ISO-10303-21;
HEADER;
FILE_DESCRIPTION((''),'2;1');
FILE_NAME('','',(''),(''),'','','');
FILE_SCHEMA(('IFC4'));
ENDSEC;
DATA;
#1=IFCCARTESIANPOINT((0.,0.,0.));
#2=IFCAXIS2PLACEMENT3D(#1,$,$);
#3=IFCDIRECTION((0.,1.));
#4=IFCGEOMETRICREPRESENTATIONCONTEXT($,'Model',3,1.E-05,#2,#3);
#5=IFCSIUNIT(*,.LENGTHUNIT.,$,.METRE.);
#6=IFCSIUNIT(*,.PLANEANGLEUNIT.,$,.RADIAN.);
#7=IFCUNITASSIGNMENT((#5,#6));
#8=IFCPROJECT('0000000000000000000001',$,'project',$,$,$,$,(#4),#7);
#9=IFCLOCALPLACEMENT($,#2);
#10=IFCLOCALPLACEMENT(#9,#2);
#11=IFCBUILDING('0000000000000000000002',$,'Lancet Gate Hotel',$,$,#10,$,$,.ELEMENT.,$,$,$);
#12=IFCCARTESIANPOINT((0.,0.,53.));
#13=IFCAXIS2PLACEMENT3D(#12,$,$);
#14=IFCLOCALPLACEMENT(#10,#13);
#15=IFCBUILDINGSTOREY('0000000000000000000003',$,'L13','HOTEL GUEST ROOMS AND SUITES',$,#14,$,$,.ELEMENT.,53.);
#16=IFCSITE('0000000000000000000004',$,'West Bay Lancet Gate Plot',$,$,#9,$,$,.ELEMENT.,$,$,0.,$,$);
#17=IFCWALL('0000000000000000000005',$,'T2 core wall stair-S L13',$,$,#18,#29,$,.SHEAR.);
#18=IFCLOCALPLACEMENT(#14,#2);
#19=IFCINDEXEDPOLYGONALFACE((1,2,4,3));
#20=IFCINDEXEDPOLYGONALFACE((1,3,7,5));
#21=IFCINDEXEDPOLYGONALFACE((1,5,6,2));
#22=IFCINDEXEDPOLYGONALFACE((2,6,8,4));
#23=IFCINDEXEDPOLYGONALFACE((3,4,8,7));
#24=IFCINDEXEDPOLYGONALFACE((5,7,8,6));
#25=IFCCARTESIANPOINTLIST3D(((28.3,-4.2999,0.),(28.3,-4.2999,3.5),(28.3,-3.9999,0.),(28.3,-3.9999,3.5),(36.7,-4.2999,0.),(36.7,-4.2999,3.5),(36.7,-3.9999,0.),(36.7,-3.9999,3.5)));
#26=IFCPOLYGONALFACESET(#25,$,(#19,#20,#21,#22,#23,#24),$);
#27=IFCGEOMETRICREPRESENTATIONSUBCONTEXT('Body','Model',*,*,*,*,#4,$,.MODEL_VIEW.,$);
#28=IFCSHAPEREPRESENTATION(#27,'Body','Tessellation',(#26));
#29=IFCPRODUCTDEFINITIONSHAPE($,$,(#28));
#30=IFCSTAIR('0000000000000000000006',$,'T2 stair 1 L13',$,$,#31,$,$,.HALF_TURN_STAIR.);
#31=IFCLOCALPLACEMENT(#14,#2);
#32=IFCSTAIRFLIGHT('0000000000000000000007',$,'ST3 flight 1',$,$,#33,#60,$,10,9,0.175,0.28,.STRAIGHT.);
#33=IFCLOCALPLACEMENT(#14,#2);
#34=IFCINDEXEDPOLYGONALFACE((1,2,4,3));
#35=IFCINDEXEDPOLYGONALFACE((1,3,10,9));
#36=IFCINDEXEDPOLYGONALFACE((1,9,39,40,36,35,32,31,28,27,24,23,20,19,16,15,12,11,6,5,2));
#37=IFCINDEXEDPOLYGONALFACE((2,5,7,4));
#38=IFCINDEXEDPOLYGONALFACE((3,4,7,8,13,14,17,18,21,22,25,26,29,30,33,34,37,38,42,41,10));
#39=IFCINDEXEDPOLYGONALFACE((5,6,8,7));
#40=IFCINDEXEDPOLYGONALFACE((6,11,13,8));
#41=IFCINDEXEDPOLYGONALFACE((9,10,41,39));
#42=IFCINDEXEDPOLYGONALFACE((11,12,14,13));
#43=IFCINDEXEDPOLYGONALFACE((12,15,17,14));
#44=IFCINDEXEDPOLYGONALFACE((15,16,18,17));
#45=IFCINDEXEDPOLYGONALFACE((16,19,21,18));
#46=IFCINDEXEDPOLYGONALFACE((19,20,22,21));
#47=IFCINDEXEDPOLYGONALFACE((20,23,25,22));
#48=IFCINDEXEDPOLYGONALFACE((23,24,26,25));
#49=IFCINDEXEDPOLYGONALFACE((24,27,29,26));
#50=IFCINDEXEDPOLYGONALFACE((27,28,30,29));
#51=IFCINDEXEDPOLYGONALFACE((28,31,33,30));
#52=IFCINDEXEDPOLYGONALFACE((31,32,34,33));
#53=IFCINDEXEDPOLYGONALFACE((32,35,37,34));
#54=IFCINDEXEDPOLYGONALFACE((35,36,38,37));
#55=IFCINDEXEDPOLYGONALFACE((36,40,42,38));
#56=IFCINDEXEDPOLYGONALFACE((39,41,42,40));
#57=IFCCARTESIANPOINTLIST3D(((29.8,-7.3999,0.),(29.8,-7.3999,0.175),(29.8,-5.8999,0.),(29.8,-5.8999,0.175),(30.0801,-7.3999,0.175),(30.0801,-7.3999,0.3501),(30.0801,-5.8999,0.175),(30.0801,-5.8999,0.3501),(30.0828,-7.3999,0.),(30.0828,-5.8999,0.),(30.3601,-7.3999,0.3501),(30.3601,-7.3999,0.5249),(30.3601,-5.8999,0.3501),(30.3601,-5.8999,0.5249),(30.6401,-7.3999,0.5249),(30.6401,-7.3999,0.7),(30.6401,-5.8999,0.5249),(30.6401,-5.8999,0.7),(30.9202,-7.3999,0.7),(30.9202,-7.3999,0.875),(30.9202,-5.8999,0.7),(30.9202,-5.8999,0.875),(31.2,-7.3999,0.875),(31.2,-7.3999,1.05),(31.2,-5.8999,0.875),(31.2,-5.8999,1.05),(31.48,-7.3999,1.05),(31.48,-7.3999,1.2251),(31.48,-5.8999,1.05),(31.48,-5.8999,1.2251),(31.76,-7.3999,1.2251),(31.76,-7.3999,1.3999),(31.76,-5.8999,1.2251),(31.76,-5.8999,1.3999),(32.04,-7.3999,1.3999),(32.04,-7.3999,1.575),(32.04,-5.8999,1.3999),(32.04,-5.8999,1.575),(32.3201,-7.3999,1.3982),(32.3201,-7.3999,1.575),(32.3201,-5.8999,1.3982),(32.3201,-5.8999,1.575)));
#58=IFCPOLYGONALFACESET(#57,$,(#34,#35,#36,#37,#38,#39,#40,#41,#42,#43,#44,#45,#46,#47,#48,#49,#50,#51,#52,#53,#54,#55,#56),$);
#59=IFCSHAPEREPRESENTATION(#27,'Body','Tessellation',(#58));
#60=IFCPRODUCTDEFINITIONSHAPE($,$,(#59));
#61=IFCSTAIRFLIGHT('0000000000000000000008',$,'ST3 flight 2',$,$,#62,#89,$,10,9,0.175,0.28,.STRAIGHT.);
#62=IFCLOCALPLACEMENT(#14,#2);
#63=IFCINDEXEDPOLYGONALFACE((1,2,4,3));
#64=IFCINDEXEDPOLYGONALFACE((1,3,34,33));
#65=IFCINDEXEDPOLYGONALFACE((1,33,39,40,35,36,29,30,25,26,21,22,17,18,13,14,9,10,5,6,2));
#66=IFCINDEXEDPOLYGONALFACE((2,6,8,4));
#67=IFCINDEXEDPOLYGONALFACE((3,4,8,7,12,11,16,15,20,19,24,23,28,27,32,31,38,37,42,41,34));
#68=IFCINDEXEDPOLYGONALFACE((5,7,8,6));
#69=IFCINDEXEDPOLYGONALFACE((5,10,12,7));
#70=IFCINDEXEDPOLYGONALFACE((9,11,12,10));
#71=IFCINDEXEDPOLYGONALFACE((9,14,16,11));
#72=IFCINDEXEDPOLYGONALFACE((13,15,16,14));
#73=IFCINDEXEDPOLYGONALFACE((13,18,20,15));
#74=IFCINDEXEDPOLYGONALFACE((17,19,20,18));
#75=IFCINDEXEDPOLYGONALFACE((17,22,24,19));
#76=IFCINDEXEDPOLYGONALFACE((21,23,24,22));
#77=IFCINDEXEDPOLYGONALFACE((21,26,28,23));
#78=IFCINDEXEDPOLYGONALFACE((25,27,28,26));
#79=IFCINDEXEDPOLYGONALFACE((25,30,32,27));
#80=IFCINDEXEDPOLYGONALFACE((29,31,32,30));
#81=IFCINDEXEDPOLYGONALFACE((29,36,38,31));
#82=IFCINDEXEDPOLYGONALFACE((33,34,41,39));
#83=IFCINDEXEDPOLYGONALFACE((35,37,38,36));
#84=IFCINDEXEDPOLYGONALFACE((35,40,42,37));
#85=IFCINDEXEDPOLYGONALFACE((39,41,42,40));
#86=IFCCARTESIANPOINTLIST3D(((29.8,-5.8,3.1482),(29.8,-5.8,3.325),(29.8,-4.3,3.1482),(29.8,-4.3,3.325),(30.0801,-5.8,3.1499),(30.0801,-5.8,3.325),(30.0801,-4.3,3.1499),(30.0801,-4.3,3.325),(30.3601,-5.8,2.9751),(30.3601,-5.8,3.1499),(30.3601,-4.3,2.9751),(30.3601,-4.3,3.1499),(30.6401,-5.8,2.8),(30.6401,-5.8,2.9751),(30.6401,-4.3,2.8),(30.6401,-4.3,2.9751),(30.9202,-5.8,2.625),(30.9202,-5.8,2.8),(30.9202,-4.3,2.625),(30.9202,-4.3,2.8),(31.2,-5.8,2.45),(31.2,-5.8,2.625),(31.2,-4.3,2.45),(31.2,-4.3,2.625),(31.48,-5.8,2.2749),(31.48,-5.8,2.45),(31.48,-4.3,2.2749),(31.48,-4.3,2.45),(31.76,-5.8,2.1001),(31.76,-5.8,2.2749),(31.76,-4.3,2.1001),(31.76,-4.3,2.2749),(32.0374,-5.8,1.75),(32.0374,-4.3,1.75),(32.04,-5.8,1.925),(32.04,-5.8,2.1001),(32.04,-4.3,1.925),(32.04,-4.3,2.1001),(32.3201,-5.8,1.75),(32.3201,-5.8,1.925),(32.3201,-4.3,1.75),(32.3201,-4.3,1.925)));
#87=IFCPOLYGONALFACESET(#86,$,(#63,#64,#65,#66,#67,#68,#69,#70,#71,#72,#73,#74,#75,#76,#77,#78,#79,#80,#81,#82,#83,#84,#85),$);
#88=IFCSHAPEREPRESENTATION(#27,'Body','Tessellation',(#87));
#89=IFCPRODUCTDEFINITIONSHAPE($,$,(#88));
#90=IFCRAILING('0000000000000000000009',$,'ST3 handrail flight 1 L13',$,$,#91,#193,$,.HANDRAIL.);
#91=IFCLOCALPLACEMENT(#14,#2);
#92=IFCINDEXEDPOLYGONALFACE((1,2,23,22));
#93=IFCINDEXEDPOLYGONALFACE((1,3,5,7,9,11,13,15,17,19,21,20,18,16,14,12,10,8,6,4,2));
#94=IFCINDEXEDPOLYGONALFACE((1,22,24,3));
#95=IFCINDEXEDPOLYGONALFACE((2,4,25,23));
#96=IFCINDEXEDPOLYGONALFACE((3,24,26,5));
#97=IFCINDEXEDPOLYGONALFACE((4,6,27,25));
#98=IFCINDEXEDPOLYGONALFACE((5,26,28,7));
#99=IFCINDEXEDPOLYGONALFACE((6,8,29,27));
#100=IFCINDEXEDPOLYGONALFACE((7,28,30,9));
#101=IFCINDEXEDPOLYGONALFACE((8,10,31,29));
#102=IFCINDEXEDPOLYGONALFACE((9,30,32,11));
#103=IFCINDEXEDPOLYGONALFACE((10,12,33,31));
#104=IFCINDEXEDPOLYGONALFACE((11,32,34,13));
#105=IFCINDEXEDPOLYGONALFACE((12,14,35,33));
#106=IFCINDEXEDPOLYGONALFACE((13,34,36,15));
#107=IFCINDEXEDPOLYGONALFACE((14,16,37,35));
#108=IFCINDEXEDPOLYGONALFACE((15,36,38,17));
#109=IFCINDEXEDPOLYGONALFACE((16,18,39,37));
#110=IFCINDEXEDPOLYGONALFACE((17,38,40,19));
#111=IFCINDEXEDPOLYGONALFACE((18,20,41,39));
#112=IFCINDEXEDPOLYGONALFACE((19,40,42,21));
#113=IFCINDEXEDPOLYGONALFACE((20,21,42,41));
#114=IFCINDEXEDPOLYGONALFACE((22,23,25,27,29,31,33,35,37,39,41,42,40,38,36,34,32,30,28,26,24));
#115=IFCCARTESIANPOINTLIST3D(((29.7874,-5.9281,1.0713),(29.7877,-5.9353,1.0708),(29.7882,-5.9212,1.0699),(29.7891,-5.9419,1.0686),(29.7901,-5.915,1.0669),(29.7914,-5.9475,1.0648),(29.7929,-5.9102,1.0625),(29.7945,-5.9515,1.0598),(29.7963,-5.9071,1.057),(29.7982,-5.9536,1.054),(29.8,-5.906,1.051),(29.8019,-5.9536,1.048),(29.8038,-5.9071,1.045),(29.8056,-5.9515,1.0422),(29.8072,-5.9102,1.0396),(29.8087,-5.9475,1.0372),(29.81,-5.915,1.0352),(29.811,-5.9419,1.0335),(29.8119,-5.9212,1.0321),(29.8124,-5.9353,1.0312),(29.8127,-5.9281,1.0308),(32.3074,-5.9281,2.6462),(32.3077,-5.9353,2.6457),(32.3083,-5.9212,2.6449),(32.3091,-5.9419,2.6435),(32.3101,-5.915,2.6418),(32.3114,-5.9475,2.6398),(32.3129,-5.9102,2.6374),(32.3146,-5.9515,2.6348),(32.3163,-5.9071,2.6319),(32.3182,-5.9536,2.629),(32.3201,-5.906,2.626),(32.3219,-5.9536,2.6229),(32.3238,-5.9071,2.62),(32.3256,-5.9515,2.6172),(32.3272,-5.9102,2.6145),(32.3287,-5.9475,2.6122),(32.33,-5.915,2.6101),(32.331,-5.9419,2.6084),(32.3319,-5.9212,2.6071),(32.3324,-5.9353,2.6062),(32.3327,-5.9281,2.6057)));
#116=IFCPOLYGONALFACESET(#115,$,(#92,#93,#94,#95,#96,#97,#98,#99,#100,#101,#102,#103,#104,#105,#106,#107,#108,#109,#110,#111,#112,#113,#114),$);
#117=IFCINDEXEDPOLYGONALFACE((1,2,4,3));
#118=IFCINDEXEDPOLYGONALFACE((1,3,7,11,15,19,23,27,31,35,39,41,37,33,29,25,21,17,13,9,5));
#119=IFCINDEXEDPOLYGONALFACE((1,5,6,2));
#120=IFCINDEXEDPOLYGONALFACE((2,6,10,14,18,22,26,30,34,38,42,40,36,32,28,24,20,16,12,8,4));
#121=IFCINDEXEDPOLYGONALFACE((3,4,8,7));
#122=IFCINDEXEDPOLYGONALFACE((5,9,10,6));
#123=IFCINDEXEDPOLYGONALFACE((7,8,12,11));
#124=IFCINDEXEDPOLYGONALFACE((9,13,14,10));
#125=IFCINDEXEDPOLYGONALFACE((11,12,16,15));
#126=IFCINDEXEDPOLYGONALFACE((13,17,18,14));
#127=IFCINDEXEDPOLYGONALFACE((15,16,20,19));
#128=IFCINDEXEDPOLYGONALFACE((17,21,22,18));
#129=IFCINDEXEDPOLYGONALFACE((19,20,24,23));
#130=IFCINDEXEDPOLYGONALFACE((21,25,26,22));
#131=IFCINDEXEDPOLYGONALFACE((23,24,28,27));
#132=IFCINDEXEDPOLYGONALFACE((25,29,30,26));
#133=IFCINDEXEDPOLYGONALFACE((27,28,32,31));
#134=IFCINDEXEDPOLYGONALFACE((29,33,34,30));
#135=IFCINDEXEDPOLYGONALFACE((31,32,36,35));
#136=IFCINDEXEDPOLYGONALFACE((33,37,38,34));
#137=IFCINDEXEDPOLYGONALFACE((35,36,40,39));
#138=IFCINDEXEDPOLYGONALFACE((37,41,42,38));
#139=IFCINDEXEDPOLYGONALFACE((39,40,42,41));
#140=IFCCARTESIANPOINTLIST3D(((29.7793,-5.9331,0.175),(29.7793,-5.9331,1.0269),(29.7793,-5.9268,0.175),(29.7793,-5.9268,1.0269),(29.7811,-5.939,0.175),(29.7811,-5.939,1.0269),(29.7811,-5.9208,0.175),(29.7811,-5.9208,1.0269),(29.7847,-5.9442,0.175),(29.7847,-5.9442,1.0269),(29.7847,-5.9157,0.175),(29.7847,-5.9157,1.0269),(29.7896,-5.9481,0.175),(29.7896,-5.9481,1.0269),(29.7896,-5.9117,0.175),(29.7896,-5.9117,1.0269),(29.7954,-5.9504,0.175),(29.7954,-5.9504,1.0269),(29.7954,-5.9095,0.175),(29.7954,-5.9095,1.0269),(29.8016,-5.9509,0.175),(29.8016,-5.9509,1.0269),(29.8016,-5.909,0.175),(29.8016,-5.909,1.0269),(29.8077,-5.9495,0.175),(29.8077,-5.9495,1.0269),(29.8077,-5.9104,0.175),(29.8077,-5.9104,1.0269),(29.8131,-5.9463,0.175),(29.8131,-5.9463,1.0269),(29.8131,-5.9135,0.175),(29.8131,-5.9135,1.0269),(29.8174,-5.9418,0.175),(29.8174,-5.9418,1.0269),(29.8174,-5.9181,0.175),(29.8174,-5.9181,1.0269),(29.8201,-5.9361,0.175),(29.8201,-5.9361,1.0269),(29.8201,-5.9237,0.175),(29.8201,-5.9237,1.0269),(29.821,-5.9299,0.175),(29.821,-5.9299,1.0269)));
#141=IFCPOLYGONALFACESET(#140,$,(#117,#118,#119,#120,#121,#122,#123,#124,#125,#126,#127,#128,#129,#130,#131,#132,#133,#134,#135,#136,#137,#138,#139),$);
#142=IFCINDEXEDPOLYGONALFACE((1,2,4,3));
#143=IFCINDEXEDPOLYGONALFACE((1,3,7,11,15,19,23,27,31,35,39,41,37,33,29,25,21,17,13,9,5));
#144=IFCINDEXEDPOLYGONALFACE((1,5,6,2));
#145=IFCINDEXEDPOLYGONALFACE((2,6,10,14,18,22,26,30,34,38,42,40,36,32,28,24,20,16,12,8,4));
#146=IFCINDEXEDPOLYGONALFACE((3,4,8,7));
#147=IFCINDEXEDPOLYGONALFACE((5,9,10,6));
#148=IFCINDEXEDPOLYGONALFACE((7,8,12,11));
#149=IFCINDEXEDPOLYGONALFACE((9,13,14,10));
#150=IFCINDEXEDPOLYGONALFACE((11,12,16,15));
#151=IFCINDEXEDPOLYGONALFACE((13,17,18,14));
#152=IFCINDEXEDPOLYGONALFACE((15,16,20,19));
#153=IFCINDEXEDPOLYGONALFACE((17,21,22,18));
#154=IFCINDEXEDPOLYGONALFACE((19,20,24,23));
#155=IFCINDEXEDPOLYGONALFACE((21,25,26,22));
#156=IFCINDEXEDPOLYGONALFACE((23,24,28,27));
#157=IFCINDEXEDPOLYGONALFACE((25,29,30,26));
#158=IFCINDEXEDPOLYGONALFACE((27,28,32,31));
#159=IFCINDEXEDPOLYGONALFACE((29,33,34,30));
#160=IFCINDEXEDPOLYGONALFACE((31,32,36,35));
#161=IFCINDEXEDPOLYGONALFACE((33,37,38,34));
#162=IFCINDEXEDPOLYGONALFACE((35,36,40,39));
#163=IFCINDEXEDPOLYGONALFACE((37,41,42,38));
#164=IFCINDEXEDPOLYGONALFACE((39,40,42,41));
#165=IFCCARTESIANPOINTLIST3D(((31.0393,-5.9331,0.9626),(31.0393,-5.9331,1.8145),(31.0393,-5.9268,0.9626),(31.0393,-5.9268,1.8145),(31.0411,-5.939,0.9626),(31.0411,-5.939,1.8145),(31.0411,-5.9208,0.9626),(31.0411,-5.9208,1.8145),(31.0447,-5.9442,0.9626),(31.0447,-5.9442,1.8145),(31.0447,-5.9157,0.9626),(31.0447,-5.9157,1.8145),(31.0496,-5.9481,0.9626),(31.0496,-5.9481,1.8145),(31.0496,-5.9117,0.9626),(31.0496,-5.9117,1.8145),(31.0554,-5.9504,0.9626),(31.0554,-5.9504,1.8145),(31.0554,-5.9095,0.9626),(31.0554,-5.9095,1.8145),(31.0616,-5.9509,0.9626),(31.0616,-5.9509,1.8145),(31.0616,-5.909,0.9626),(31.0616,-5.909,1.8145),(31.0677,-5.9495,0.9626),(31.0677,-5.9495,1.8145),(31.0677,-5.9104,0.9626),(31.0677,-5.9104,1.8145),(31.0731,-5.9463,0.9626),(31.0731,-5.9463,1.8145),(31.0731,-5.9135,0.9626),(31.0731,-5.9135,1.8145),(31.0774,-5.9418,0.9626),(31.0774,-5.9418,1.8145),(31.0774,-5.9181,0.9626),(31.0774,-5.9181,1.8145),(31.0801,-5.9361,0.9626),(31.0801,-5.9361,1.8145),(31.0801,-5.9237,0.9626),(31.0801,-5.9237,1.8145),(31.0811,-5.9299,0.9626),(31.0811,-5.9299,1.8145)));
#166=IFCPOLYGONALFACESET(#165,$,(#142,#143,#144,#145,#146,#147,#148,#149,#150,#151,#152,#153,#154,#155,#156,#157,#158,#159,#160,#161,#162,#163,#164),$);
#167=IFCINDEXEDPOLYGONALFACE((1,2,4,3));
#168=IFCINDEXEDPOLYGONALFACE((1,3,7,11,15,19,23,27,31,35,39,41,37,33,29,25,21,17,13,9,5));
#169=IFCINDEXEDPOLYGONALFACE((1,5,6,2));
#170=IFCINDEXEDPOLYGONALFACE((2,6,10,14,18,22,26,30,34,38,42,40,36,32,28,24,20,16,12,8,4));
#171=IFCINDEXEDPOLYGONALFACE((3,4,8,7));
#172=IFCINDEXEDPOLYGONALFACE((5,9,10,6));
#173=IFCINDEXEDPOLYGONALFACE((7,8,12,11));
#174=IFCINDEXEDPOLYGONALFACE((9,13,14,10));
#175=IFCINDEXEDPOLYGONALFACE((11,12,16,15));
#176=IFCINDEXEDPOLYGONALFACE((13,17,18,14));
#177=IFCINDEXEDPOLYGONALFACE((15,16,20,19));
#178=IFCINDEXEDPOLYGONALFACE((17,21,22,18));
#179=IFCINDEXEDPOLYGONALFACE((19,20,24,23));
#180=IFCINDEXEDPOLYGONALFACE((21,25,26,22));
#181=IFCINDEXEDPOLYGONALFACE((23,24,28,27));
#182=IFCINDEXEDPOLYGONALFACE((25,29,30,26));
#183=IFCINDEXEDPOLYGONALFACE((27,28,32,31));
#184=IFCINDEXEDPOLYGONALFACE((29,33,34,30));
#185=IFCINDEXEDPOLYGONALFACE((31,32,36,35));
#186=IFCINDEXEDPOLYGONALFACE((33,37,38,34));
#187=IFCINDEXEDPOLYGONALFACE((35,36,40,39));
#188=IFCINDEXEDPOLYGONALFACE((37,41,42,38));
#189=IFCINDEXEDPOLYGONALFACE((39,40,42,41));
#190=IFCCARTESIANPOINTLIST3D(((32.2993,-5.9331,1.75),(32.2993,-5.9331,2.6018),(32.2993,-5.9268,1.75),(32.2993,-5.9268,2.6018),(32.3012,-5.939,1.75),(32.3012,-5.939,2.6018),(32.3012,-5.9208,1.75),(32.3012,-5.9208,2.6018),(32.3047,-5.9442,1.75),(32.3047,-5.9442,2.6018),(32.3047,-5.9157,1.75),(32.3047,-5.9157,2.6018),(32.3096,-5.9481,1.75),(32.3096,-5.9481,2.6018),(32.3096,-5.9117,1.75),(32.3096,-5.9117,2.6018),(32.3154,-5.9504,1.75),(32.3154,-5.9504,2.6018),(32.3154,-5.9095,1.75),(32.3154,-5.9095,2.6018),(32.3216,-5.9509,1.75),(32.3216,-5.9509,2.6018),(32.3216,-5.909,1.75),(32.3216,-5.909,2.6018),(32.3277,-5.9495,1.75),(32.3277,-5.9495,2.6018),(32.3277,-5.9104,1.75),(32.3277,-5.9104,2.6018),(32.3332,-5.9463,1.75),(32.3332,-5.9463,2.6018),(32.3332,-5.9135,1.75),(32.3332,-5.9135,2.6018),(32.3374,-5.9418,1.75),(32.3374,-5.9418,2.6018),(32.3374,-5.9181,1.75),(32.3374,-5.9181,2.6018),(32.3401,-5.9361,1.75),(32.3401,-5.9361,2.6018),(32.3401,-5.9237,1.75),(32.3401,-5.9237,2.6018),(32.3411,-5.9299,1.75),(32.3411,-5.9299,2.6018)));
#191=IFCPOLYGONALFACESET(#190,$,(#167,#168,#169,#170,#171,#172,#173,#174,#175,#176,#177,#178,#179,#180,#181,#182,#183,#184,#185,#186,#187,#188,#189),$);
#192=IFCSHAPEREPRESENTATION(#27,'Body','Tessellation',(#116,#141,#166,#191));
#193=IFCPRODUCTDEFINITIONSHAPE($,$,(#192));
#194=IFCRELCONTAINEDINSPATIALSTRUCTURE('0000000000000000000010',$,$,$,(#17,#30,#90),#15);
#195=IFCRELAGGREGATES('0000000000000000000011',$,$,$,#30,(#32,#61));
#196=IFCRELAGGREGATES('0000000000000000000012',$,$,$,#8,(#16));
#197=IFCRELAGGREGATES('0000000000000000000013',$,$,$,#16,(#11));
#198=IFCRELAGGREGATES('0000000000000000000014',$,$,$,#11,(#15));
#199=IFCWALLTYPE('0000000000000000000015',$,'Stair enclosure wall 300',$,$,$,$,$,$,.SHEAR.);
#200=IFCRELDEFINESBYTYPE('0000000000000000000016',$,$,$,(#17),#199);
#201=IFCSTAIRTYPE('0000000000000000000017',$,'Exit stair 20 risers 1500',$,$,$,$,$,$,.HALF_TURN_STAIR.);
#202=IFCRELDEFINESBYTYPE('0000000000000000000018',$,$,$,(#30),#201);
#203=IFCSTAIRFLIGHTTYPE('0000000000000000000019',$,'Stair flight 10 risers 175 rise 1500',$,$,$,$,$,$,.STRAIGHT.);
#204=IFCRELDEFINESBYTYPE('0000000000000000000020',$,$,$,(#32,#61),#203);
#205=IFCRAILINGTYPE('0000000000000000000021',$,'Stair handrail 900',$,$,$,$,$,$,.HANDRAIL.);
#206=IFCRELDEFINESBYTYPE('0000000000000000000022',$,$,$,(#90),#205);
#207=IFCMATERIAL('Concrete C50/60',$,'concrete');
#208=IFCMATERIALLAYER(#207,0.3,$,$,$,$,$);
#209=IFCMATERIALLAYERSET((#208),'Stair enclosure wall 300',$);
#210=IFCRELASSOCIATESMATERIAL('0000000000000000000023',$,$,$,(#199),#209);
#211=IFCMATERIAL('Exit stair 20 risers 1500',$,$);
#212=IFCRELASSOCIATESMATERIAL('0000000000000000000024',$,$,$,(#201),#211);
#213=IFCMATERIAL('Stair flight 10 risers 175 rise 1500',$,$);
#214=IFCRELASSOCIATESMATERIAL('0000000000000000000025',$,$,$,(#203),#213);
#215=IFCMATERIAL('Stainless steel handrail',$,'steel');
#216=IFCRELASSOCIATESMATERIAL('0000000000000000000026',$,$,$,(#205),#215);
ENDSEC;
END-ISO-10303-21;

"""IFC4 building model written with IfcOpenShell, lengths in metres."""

from ifc_helpers import new_model, si_unit, direction, frame, frame_2d, origin, origin_2d, place, context, subcontext, project, spatial, polyline, rectangle, circle, outline, extrude, material, layer, layer_set, type_object, element, aggregate, save


model = new_model("IFC4")

# Units and contexts
model_context = context("Model", 3, precision=1e-05, world=origin(), true_north=direction((0.0, 1.0)))
body_context = subcontext(model_context, "Body", "Model", "MODEL_VIEW")
ifc_project = project(units=[si_unit("LENGTHUNIT", "METRE"), si_unit("PLANEANGLEUNIT", "RADIAN")], contexts=[model_context])

# Site, building, storey
site_placement = place(None, origin())
site = spatial("IfcSite", under=ifc_project, at=site_placement, Name="West Bay Lancet Gate Plot", CompositionType="ELEMENT", RefElevation=0.0)
building_placement = place(site_placement, origin())
building = spatial("IfcBuilding", under=site, at=building_placement, Name="Lancet Gate Hotel", CompositionType="ELEMENT")
storey_placement = place(building_placement, frame((0.0, 0.0, 53.0)))
storey = spatial("IfcBuildingStorey", under=building, at=storey_placement, Name="L13", Description="HOTEL GUEST ROOMS AND SUITES", CompositionType="ELEMENT", Elevation=53.0)

# Wall
ifc_material_1 = material(Name="Concrete C50/60", Category="concrete")
ifc_layer_1 = layer(ifc_material_1, 0.3)
ifc_layer_set_1 = layer_set([ifc_layer_1], Name="Stair enclosure wall 300")
wall_type_1 = type_object("IfcWallType", Name="Stair enclosure wall 300", PredefinedType="SHEAR", material=ifc_layer_set_1)
wall_1_placement = place(storey_placement, frame((28.3, -4.1499, 0.0), z_axis=(0.0, 0.0, 1.0), x_axis=(1.0, 0.0, 0.0)))
element("IfcWall", 1, at=wall_1_placement, inside=storey, type_object=wall_type_1, Name="T2 core wall stair-S L13", PredefinedType="SHEAR", context=body_context, shape_type="SweptSolid", body=[
    extrude(rectangle(XDim=8.3999, YDim=0.3, at=frame_2d((4.2, 0.0))), origin(), (0.0, 0.0, 1.0), 3.5),
])

# Stair, stair flights
ifc_material_2 = material(Name="Exit stair 20 risers 1500")
stair_type = type_object("IfcStairType", Name="Exit stair 20 risers 1500", PredefinedType="HALF_TURN_STAIR", material=ifc_material_2)
stair_placement = place(storey_placement, origin())
stair = element("IfcStair", 2, at=stair_placement, inside=storey, type_object=stair_type, Name="T2 stair 1 L13", PredefinedType="HALF_TURN_STAIR")
ifc_material_3 = material(Name="Stair flight 10 risers 175 rise 1500")
stair_flight_type = type_object("IfcStairFlightType", Name="Stair flight 10 risers 175 rise 1500", PredefinedType="STRAIGHT", material=ifc_material_3)
stair_flight_1_placement = place(storey_placement, frame((29.8, -6.6499, 0.0), z_axis=(0.0, 0.0, 1.0), x_axis=(1.0, 0.0, 0.0)))
stair_flight_1 = element("IfcStairFlight", 3, at=stair_flight_1_placement, type_object=stair_flight_type, Name="ST3 flight 1", NumberOfRisers=10, NumberOfTreads=9, PredefinedType="STRAIGHT", RiserHeight=0.175, TreadLength=0.28, context=body_context, shape_type="SweptSolid", body=[
    extrude(outline(polyline([(0.0, 0.0), (0.0, 0.175), (0.28, 0.175), (0.28, 0.3501), (0.5601, 0.3501), (0.5601, 0.5249), (0.8401, 0.5249), (0.8401, 0.7), (1.1201, 0.7), (1.1201, 0.875), (1.3999, 0.875), (1.3999, 1.05), (1.6799, 1.05), (1.6799, 1.2251), (1.96, 1.2251), (1.96, 1.3999), (2.24, 1.3999), (2.24, 1.575), (2.52, 1.575), (2.52, 1.75), (2.52, 1.3982), (0.2827, 0.0), (0.0, 0.0)])), frame((0.0, 0.75, 0.0), z_axis=(0.0, -1.0, 0.0), x_axis=(1.0, 0.0, 0.0)), (0.0, 0.0, 1.0), 1.5),
])
stair_flight_2_placement = place(storey_placement, frame((32.3201, -5.05, 1.75), z_axis=(0.0, 0.0, 1.0), x_axis=(-1.0, 0.0, 0.0)))
stair_flight_2 = element("IfcStairFlight", 4, at=stair_flight_2_placement, type_object=stair_flight_type, Name="ST3 flight 2", NumberOfRisers=10, NumberOfTreads=9, PredefinedType="STRAIGHT", RiserHeight=0.175, TreadLength=0.28, context=body_context, shape_type="SweptSolid", body=[
    extrude(outline(polyline([(0.0, 0.0), (0.0, 0.175), (0.28, 0.175), (0.28, 0.3501), (0.5601, 0.3501), (0.5601, 0.5249), (0.8401, 0.5249), (0.8401, 0.7), (1.1201, 0.7), (1.1201, 0.875), (1.3999, 0.875), (1.3999, 1.05), (1.6799, 1.05), (1.6799, 1.2251), (1.96, 1.2251), (1.96, 1.3999), (2.24, 1.3999), (2.24, 1.575), (2.52, 1.575), (2.52, 1.75), (2.52, 1.3982), (0.2827, 0.0), (0.0, 0.0)])), frame((0.0, 0.75, 0.0), z_axis=(0.0, -1.0, 0.0), x_axis=(1.0, 0.0, 0.0)), (0.0, 0.0, 1.0), 1.5),
])
aggregate(stair, [stair_flight_1, stair_flight_2])

# Railing
ifc_material_4 = material(Name="Stainless steel handrail", Category="steel")
railing_type = type_object("IfcRailingType", Name="Stair handrail 900", PredefinedType="HANDRAIL", material=ifc_material_4)
railing_1_placement = place(storey_placement, frame((29.8, -5.9299, 0.175)))
element("IfcRailing", 5, at=railing_1_placement, inside=storey, type_object=railing_type, Name="ST3 handrail flight 1 L13", PredefinedType="HANDRAIL", context=body_context, shape_type="SweptSolid", body=[
    extrude(circle(Radius=0.0239, at=origin_2d()), frame((0.0, 0.0, 0.876), z_axis=(0.848008, 0.0, 0.529984), x_axis=(0.0, 1.0, 0.0)), (0.0, 0.0, 1.0), 2.9717),
    extrude(circle(Radius=0.021, at=origin_2d()), origin(), (0.0, 0.0, 1.0), 0.8518),
    extrude(circle(Radius=0.021, at=origin_2d()), frame((1.26, 0.0, 0.7876)), (0.0, 0.0, 1.0), 0.8518),
    extrude(circle(Radius=0.021, at=origin_2d()), frame((2.52, 0.0, 1.575)), (0.0, 0.0, 1.0), 0.8518),
])

save(model, "model.ifc")
